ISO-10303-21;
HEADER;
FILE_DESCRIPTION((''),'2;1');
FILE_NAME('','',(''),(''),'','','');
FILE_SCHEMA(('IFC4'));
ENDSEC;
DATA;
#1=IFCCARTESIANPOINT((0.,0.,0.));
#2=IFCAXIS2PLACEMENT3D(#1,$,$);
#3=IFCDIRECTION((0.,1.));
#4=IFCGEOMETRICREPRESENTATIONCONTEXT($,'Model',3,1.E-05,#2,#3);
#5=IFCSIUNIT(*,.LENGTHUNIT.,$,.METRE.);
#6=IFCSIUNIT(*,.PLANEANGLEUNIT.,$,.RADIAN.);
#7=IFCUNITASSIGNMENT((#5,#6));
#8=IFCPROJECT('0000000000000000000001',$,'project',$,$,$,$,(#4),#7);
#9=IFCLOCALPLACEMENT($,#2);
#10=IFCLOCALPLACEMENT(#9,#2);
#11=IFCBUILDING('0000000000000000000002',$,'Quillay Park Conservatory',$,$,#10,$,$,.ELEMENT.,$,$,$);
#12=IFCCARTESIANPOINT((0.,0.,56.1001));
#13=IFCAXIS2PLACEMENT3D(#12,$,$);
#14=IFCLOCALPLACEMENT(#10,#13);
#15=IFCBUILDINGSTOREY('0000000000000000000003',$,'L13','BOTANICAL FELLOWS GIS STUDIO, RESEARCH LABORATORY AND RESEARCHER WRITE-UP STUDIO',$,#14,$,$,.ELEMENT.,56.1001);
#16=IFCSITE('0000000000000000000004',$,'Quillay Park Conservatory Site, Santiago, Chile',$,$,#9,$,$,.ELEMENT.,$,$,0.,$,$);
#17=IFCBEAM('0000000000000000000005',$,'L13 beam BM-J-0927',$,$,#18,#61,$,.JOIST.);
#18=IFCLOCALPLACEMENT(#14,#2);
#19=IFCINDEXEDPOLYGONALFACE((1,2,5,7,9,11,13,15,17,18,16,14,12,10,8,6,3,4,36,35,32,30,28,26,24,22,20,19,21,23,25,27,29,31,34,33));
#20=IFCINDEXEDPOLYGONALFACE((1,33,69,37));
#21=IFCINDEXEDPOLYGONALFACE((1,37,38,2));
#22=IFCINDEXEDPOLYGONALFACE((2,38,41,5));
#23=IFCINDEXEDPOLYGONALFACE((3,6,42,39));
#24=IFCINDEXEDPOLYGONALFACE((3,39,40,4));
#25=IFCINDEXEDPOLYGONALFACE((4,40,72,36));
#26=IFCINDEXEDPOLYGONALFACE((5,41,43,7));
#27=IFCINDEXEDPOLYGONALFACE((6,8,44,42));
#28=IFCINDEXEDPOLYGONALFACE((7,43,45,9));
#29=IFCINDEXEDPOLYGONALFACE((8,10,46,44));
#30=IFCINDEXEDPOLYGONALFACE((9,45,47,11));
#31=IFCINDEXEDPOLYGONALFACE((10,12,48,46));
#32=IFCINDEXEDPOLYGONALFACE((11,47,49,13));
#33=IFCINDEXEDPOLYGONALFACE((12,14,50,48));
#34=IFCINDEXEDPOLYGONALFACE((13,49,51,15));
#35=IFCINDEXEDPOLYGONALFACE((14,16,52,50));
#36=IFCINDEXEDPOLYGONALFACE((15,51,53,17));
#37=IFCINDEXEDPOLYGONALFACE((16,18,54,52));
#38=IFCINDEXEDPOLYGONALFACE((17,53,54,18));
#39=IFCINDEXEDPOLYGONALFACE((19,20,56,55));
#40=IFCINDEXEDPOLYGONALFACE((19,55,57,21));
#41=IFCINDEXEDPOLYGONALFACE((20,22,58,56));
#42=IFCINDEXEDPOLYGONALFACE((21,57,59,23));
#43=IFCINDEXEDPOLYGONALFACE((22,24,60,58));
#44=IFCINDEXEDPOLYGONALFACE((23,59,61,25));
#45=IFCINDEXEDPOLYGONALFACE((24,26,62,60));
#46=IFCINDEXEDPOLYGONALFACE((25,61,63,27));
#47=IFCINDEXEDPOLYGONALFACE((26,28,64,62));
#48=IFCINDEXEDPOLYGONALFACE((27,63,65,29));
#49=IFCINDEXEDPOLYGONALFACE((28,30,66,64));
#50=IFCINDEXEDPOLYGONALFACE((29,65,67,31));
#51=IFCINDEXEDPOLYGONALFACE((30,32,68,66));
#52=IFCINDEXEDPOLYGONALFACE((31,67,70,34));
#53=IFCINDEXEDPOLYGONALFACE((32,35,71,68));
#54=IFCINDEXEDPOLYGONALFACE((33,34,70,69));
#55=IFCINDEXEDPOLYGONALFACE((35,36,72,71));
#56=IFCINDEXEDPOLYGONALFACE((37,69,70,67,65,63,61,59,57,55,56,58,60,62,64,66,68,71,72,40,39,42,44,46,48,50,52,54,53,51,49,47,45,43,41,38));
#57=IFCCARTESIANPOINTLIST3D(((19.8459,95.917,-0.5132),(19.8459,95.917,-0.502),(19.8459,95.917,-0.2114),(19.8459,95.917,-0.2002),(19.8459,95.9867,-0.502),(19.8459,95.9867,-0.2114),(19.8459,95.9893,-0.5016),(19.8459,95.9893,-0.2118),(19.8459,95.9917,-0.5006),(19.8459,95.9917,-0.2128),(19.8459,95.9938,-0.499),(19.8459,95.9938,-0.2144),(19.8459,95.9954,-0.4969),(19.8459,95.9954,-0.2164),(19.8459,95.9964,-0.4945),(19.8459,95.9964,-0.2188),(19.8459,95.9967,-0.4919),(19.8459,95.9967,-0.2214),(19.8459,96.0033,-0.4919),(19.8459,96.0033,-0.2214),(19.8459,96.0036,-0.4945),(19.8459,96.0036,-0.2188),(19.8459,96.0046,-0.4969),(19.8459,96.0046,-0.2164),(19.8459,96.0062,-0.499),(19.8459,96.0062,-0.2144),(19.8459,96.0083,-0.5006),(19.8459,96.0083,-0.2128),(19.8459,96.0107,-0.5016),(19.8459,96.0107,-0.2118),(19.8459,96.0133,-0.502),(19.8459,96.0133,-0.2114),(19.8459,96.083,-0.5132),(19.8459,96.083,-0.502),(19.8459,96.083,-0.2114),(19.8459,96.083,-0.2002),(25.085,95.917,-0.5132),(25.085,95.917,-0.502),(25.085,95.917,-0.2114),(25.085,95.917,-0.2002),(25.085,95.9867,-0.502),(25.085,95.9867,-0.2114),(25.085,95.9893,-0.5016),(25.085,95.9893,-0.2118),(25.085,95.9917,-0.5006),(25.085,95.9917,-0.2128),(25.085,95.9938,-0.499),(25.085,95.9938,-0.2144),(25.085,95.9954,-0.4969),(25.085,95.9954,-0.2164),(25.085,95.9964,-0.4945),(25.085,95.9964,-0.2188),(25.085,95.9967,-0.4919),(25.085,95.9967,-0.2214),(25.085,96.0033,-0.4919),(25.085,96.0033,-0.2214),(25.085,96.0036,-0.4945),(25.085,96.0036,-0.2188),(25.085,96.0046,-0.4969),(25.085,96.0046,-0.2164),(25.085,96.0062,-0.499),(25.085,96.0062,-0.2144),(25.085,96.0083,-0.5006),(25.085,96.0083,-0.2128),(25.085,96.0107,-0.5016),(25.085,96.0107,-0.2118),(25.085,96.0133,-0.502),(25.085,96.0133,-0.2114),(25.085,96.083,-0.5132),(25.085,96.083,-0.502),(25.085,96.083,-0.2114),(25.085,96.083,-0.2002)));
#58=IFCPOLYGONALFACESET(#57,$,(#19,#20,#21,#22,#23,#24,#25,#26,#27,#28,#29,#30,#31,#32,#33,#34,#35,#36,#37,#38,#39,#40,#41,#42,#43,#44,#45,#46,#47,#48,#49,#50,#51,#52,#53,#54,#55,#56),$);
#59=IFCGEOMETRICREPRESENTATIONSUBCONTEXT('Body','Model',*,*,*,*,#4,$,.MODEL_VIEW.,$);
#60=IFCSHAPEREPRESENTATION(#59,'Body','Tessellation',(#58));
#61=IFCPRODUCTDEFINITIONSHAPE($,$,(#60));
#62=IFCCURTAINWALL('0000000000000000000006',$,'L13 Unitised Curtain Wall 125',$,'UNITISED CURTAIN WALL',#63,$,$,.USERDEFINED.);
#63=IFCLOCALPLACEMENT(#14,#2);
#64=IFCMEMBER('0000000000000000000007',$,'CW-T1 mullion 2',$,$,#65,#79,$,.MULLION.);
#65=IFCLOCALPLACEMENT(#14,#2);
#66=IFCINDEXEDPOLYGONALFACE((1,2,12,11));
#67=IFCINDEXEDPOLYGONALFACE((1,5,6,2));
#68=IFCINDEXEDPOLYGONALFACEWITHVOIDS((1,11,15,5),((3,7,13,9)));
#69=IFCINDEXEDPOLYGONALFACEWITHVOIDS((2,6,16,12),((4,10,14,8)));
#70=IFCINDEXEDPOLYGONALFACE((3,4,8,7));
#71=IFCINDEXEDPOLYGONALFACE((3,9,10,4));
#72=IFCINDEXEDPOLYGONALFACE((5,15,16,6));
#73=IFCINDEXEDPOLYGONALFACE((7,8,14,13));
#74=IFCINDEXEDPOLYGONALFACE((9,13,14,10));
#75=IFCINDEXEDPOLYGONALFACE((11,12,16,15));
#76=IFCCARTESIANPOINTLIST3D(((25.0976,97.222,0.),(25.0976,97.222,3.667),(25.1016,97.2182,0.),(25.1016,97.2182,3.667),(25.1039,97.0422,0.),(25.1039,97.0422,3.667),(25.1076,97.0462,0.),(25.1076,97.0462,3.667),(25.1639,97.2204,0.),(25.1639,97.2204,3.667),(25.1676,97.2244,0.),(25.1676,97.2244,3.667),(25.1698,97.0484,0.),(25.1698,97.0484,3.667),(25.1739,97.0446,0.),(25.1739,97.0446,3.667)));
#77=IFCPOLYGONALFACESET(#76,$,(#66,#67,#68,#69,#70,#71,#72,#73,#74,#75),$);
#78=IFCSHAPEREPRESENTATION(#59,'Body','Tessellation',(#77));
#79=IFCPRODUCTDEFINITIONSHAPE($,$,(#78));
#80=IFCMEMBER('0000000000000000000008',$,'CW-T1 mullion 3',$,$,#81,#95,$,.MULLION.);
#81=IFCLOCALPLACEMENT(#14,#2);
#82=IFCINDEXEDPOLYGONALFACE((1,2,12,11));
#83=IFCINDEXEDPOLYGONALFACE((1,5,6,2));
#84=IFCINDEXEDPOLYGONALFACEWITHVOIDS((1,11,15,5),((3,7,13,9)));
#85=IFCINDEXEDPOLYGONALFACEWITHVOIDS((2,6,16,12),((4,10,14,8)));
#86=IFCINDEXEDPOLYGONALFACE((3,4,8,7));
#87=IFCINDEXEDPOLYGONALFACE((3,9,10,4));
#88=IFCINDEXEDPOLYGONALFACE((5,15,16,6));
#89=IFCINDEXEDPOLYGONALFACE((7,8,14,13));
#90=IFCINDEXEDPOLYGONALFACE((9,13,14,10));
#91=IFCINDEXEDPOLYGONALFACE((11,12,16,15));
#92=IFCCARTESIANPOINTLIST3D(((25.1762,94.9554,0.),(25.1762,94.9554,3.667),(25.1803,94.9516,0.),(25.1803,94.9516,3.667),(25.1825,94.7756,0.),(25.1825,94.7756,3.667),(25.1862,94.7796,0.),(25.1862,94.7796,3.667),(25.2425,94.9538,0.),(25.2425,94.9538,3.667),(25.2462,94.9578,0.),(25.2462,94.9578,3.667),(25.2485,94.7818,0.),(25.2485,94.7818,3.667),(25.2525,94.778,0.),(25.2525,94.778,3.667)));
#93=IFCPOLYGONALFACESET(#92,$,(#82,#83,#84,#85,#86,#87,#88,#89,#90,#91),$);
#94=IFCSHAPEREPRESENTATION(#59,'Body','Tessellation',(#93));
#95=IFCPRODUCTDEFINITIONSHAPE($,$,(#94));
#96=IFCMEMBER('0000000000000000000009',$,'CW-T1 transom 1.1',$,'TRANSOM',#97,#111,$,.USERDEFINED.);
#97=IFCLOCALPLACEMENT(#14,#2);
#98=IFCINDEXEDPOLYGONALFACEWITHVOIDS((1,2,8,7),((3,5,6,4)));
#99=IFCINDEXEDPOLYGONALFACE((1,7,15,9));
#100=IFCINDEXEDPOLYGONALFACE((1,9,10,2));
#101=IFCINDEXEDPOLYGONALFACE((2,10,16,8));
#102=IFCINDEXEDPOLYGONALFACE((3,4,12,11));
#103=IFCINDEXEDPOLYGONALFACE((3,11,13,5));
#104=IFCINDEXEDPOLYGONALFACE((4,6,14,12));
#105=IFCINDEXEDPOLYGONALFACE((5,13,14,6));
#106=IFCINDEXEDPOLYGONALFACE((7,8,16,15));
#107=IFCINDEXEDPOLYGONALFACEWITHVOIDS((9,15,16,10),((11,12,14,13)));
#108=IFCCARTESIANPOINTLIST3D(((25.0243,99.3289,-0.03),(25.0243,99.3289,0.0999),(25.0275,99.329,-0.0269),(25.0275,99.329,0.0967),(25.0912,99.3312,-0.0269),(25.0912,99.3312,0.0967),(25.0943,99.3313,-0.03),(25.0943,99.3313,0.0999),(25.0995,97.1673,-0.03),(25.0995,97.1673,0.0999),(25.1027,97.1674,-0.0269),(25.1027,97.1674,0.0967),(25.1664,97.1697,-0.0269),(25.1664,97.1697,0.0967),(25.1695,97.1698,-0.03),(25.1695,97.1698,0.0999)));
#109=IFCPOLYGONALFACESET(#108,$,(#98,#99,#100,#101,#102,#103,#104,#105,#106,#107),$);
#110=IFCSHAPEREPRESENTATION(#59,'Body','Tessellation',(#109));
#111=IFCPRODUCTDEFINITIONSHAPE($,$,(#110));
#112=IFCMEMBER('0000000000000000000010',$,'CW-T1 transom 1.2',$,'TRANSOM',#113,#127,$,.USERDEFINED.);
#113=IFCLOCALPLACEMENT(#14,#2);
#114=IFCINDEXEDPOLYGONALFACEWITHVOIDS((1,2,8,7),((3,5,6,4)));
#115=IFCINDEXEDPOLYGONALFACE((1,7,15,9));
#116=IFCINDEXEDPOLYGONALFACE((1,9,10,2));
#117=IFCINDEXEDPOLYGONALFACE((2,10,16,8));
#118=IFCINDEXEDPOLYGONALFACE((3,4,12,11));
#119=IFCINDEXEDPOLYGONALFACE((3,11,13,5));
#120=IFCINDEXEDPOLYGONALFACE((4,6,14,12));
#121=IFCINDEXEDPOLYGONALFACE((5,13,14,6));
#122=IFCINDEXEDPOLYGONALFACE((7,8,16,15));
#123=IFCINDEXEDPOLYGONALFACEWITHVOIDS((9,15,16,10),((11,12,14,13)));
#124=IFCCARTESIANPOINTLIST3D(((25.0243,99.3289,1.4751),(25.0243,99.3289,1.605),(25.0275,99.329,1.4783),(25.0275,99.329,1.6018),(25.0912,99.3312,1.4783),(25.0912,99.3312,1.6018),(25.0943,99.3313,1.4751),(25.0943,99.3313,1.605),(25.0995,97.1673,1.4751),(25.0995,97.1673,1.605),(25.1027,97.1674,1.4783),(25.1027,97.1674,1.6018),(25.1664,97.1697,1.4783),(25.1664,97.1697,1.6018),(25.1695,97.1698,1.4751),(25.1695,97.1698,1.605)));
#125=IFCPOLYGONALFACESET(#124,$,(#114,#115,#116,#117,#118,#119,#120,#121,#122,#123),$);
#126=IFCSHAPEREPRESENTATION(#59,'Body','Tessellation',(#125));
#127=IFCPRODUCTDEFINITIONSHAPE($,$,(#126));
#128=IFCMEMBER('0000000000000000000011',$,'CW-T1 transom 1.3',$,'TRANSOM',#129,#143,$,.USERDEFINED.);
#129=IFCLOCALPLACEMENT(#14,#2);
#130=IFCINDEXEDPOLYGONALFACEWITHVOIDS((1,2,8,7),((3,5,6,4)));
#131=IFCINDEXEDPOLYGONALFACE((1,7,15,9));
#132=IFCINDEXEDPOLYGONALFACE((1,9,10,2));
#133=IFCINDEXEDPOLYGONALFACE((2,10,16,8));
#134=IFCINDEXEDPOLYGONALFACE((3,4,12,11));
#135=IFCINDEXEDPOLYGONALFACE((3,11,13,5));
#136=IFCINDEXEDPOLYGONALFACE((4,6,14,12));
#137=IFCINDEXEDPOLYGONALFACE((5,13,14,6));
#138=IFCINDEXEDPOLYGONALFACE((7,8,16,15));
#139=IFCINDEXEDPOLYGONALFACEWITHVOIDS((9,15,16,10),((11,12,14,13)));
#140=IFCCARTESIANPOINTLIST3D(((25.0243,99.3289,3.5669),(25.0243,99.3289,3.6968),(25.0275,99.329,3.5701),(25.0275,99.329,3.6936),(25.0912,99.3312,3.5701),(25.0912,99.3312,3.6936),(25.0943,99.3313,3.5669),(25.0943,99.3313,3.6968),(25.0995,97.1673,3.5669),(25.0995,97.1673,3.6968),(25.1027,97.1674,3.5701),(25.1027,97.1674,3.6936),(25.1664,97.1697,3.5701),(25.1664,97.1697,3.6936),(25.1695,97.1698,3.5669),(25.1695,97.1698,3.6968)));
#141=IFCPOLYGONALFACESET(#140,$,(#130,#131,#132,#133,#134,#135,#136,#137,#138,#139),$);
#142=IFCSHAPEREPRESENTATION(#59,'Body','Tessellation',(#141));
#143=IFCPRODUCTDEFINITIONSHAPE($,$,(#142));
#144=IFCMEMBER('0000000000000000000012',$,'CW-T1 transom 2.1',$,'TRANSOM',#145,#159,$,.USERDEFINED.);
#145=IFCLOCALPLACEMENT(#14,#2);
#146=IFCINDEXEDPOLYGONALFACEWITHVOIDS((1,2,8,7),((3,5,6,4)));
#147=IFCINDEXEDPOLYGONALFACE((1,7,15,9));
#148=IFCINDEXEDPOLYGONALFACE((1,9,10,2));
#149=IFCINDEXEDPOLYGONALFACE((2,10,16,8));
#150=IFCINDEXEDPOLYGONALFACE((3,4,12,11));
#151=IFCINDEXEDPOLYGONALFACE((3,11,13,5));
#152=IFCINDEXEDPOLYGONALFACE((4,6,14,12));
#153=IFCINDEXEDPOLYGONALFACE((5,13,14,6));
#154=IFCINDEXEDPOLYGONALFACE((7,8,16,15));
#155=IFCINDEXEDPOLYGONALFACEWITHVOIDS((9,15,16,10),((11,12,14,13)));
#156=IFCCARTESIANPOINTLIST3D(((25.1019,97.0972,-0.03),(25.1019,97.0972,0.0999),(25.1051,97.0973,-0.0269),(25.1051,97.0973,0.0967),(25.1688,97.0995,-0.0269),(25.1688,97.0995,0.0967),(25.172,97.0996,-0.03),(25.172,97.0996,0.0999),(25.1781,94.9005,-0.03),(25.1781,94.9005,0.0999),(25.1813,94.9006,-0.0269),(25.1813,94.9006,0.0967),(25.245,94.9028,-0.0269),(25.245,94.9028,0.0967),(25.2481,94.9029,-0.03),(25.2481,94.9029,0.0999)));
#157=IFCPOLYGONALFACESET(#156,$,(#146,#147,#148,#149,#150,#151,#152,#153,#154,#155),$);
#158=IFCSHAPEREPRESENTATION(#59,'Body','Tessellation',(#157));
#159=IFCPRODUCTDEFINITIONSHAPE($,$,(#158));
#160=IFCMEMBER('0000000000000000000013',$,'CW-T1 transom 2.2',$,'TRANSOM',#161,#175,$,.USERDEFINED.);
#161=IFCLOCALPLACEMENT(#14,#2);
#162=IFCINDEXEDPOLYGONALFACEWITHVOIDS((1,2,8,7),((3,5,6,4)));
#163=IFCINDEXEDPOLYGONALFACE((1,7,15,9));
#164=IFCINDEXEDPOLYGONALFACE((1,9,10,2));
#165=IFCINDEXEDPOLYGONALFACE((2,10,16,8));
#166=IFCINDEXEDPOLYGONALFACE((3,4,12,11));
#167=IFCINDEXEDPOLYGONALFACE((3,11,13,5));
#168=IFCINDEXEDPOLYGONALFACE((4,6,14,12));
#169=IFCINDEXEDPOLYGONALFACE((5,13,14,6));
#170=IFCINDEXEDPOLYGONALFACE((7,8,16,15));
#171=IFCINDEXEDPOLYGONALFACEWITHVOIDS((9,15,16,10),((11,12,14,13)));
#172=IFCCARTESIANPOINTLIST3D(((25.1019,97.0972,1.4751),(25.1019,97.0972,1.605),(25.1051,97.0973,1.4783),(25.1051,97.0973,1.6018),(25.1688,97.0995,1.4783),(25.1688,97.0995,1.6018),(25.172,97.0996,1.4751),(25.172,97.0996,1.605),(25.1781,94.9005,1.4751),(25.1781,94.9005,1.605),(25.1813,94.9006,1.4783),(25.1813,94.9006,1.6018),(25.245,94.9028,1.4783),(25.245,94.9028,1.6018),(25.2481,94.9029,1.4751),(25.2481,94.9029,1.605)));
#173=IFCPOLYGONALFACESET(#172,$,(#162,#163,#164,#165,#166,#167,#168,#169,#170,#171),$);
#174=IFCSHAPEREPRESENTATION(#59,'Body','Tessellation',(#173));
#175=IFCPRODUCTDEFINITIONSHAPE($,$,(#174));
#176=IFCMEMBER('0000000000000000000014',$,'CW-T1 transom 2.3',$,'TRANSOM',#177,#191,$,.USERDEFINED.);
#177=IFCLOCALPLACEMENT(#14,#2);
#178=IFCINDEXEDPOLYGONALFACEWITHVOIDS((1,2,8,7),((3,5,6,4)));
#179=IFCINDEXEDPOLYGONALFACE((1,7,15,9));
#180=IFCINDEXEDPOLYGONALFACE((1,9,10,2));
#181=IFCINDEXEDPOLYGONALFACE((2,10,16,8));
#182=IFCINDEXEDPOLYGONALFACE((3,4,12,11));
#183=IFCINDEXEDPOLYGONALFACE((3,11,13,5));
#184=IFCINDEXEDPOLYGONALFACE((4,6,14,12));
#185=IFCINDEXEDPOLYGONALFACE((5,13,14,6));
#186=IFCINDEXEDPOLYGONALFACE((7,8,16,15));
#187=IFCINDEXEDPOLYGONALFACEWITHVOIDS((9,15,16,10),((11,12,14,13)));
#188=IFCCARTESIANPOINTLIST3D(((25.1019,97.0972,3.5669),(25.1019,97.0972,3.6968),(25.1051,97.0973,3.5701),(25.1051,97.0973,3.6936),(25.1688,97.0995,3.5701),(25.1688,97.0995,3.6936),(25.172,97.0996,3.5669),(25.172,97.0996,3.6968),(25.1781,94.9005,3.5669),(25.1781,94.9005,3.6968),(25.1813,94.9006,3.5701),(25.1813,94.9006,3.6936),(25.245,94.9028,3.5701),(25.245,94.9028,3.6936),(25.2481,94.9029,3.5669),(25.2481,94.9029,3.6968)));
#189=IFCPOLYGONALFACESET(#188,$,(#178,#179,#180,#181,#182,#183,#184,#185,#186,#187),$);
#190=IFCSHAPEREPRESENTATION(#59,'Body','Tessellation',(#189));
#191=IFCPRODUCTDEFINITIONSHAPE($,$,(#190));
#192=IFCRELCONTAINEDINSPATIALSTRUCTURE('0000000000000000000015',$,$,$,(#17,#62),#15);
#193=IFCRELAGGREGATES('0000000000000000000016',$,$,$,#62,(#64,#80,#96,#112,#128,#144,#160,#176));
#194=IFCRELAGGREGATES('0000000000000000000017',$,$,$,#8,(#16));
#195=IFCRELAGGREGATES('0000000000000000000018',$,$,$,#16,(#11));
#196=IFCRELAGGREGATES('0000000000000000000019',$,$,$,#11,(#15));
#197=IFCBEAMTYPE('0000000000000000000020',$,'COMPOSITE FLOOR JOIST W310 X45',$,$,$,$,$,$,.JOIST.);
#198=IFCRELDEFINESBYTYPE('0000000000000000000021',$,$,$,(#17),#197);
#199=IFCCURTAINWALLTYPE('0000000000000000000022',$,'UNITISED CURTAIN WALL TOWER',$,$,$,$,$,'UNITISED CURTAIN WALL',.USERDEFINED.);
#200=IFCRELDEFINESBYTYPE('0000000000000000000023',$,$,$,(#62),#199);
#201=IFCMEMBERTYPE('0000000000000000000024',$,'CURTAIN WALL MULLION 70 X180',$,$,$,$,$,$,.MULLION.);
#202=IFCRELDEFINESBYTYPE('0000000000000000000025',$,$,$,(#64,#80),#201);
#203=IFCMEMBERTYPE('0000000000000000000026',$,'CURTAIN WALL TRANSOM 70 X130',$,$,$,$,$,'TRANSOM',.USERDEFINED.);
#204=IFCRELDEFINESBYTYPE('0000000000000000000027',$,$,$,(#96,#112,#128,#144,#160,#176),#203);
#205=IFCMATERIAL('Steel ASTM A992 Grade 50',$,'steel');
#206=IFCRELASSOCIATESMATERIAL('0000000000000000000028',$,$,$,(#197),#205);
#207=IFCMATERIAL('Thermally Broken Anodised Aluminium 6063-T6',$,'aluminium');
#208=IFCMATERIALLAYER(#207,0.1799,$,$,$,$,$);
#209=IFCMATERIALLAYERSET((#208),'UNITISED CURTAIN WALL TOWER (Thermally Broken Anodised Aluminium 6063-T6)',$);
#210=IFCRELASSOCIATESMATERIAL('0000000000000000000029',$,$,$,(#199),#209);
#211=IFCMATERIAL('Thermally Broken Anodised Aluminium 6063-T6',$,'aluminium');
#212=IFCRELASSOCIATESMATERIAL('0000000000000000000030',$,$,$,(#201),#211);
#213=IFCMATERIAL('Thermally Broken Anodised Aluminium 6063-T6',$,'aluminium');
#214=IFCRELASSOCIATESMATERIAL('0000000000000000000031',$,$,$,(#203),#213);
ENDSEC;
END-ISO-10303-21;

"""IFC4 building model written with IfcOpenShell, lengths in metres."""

from ifc_helpers import new_model, si_unit, direction, frame, origin, origin_2d, place, context, subcontext, project, spatial, hollow_rectangle, i_section, extrude, material, layer, layer_set, material_profile, profile_set, type_object, element, aggregate, save


model = new_model("IFC4")

# Units and contexts
model_context = context("Model", 3, precision=1e-05, world=origin(), true_north=direction((0.0, 1.0)))
body_context = subcontext(model_context, "Body", "Model", "MODEL_VIEW")
ifc_project = project(units=[si_unit("LENGTHUNIT", "METRE"), si_unit("PLANEANGLEUNIT", "RADIAN")], contexts=[model_context])

# Site, building, storey
site_placement = place(None, origin())
site = spatial("IfcSite", under=ifc_project, at=site_placement, Name="Quillay Park Conservatory Site, Santiago, Chile", CompositionType="ELEMENT", RefElevation=0.0)
building_placement = place(site_placement, origin())
building = spatial("IfcBuilding", under=site, at=building_placement, Name="Quillay Park Conservatory", CompositionType="ELEMENT")
storey_placement = place(building_placement, frame((0.0, 0.0, 56.1001)))
storey = spatial("IfcBuildingStorey", under=building, at=storey_placement, Name="L13", Description="BOTANICAL FELLOWS GIS STUDIO, RESEARCH LABORATORY AND RESEARCHER WRITE-UP STUDIO", CompositionType="ELEMENT", Elevation=56.1001)

# Beam
ifc_material_1 = material(Name="Steel ASTM A992 Grade 50", Category="steel")
ifc_material_profile_1 = material_profile(ifc_material_1, i_section(OverallWidth=0.166, OverallDepth=0.313, WebThickness=0.0066, FlangeThickness=0.0112, FilletRadius=0.01, at=origin_2d()), Name="W310x45")
ifc_profile_set_1 = profile_set([ifc_material_profile_1], Name="Steel ASTM A992 Grade 50")
beam_type = type_object("IfcBeamType", Name="COMPOSITE FLOOR JOIST W310 X45", PredefinedType="JOIST", material=ifc_profile_set_1)
beam_placement = place(storey_placement, frame((19.8459, 96.0, -0.3567), z_axis=(1.0, 0.0, 0.0), x_axis=(0.0, 1.0, 0.0)))
element("IfcBeam", 1, at=beam_placement, inside=storey, type_object=beam_type, Name="L13 beam BM-J-0927", PredefinedType="JOIST", context=body_context, shape_type="SweptSolid", body=[
    extrude(i_section(OverallWidth=0.166, OverallDepth=0.313, WebThickness=0.0066, FlangeThickness=0.0112, FilletRadius=0.01, at=origin_2d()), origin(), (0.0, 0.0, 1.0), 5.239),
])

# Curtain wall, members
ifc_material_2 = material(Name="Thermally Broken Anodised Aluminium 6063-T6", Category="aluminium")
ifc_layer_1 = layer(ifc_material_2, 0.1799)
ifc_layer_set_1 = layer_set([ifc_layer_1], Name="UNITISED CURTAIN WALL TOWER (Thermally Broken Anodised Aluminium 6063-T6)")
curtain_wall_type = type_object("IfcCurtainWallType", Name="UNITISED CURTAIN WALL TOWER", ElementType="UNITISED CURTAIN WALL", PredefinedType="USERDEFINED", material=ifc_layer_set_1)
curtain_wall_placement = place(storey_placement, origin())
curtain_wall = element("IfcCurtainWall", 2, at=curtain_wall_placement, inside=storey, type_object=curtain_wall_type, Name="L13 Unitised Curtain Wall 125", ObjectType="UNITISED CURTAIN WALL", PredefinedType="USERDEFINED")
ifc_material_3 = material(Name="Thermally Broken Anodised Aluminium 6063-T6", Category="aluminium")
ifc_material_profile_2 = material_profile(ifc_material_3, hollow_rectangle(XDim=0.0701, YDim=0.1799, WallThickness=0.0039, at=origin_2d()), Name="AL70x180x4")
ifc_profile_set_2 = profile_set([ifc_material_profile_2], Name="Thermally Broken Anodised Aluminium 6063-T6")
member_type_1 = type_object("IfcMemberType", Name="CURTAIN WALL MULLION 70 X180", PredefinedType="MULLION", material=ifc_profile_set_2)
member_1_placement = place(storey_placement, frame((25.1357, 97.1333, 0.0), z_axis=(0.0, 0.0, 1.0), x_axis=(0.999397, 0.034713, 0.0)))
member_1 = element("IfcMember", 3, at=member_1_placement, type_object=member_type_1, Name="CW-T1 mullion 2", PredefinedType="MULLION", context=body_context, shape_type="SweptSolid", body=[
    extrude(hollow_rectangle(XDim=0.0701, YDim=0.1799, WallThickness=0.0039, at=origin_2d()), origin(), (0.0, 0.0, 1.0), 3.667),
])
member_2_placement = place(storey_placement, frame((25.2144, 94.8667, 0.0), z_axis=(0.0, 0.0, 1.0), x_axis=(0.999397, 0.034713, 0.0)))
member_2 = element("IfcMember", 4, at=member_2_placement, type_object=member_type_1, Name="CW-T1 mullion 3", PredefinedType="MULLION", context=body_context, shape_type="SweptSolid", body=[
    extrude(hollow_rectangle(XDim=0.0701, YDim=0.1799, WallThickness=0.0039, at=origin_2d()), origin(), (0.0, 0.0, 1.0), 3.667),
])
ifc_material_4 = material(Name="Thermally Broken Anodised Aluminium 6063-T6", Category="aluminium")
ifc_material_profile_3 = material_profile(ifc_material_4, hollow_rectangle(XDim=0.0701, YDim=0.1299, WallThickness=0.0032, at=origin_2d()), Name="AL70x130x3.2")
ifc_profile_set_3 = profile_set([ifc_material_profile_3], Name="Thermally Broken Anodised Aluminium 6063-T6")
member_type_2 = type_object("IfcMemberType", Name="CURTAIN WALL TRANSOM 70 X130", ElementType="TRANSOM", PredefinedType="USERDEFINED", material=ifc_profile_set_3)
member_3_placement = place(storey_placement, frame((25.0593, 99.3301, 0.0349), z_axis=(0.034766, -0.999395, 0.0), x_axis=(0.999395, 0.034766, 0.0)))
member_3 = element("IfcMember", 5, at=member_3_placement, type_object=member_type_2, Name="CW-T1 transom 1.1", ObjectType="TRANSOM", PredefinedType="USERDEFINED", context=body_context, shape_type="SweptSolid", body=[
    extrude(hollow_rectangle(XDim=0.0701, YDim=0.1299, WallThickness=0.0032, at=origin_2d()), origin(), (0.0, 0.0, 1.0), 2.1628),
])
member_4_placement = place(storey_placement, frame((25.0593, 99.3301, 1.54), z_axis=(0.034766, -0.999395, 0.0), x_axis=(0.999395, 0.034766, 0.0)))
member_4 = element("IfcMember", 6, at=member_4_placement, type_object=member_type_2, Name="CW-T1 transom 1.2", ObjectType="TRANSOM", PredefinedType="USERDEFINED", context=body_context, shape_type="SweptSolid", body=[
    extrude(hollow_rectangle(XDim=0.0701, YDim=0.1299, WallThickness=0.0032, at=origin_2d()), origin(), (0.0, 0.0, 1.0), 2.1628),
])
member_5_placement = place(storey_placement, frame((25.0593, 99.3301, 3.6318), z_axis=(0.034766, -0.999395, 0.0), x_axis=(0.999395, 0.034766, 0.0)))
member_5 = element("IfcMember", 7, at=member_5_placement, type_object=member_type_2, Name="CW-T1 transom 1.3", ObjectType="TRANSOM", PredefinedType="USERDEFINED", context=body_context, shape_type="SweptSolid", body=[
    extrude(hollow_rectangle(XDim=0.0701, YDim=0.1299, WallThickness=0.0032, at=origin_2d()), origin(), (0.0, 0.0, 1.0), 2.1628),
])
member_6_placement = place(storey_placement, frame((25.137, 97.0984, 0.0349), z_axis=(0.034654, -0.999399, 0.0), x_axis=(0.999399, 0.034654, 0.0)))
member_6 = element("IfcMember", 8, at=member_6_placement, type_object=member_type_2, Name="CW-T1 transom 2.1", ObjectType="TRANSOM", PredefinedType="USERDEFINED", context=body_context, shape_type="SweptSolid", body=[
    extrude(hollow_rectangle(XDim=0.0701, YDim=0.1299, WallThickness=0.0032, at=origin_2d()), origin(), (0.0, 0.0, 1.0), 2.198),
])
member_7_placement = place(storey_placement, frame((25.137, 97.0984, 1.54), z_axis=(0.034654, -0.999399, 0.0), x_axis=(0.999399, 0.034654, 0.0)))
member_7 = element("IfcMember", 9, at=member_7_placement, type_object=member_type_2, Name="CW-T1 transom 2.2", ObjectType="TRANSOM", PredefinedType="USERDEFINED", context=body_context, shape_type="SweptSolid", body=[
    extrude(hollow_rectangle(XDim=0.0701, YDim=0.1299, WallThickness=0.0032, at=origin_2d()), origin(), (0.0, 0.0, 1.0), 2.198),
])
member_8_placement = place(storey_placement, frame((25.137, 97.0984, 3.6318), z_axis=(0.034654, -0.999399, 0.0), x_axis=(0.999399, 0.034654, 0.0)))
member_8 = element("IfcMember", 10, at=member_8_placement, type_object=member_type_2, Name="CW-T1 transom 2.3", ObjectType="TRANSOM", PredefinedType="USERDEFINED", context=body_context, shape_type="SweptSolid", body=[
    extrude(hollow_rectangle(XDim=0.0701, YDim=0.1299, WallThickness=0.0032, at=origin_2d()), origin(), (0.0, 0.0, 1.0), 2.198),
])
aggregate(curtain_wall, [member_1, member_2, member_3, member_4, member_5, member_6, member_7, member_8])

save(model, "model.ifc")
